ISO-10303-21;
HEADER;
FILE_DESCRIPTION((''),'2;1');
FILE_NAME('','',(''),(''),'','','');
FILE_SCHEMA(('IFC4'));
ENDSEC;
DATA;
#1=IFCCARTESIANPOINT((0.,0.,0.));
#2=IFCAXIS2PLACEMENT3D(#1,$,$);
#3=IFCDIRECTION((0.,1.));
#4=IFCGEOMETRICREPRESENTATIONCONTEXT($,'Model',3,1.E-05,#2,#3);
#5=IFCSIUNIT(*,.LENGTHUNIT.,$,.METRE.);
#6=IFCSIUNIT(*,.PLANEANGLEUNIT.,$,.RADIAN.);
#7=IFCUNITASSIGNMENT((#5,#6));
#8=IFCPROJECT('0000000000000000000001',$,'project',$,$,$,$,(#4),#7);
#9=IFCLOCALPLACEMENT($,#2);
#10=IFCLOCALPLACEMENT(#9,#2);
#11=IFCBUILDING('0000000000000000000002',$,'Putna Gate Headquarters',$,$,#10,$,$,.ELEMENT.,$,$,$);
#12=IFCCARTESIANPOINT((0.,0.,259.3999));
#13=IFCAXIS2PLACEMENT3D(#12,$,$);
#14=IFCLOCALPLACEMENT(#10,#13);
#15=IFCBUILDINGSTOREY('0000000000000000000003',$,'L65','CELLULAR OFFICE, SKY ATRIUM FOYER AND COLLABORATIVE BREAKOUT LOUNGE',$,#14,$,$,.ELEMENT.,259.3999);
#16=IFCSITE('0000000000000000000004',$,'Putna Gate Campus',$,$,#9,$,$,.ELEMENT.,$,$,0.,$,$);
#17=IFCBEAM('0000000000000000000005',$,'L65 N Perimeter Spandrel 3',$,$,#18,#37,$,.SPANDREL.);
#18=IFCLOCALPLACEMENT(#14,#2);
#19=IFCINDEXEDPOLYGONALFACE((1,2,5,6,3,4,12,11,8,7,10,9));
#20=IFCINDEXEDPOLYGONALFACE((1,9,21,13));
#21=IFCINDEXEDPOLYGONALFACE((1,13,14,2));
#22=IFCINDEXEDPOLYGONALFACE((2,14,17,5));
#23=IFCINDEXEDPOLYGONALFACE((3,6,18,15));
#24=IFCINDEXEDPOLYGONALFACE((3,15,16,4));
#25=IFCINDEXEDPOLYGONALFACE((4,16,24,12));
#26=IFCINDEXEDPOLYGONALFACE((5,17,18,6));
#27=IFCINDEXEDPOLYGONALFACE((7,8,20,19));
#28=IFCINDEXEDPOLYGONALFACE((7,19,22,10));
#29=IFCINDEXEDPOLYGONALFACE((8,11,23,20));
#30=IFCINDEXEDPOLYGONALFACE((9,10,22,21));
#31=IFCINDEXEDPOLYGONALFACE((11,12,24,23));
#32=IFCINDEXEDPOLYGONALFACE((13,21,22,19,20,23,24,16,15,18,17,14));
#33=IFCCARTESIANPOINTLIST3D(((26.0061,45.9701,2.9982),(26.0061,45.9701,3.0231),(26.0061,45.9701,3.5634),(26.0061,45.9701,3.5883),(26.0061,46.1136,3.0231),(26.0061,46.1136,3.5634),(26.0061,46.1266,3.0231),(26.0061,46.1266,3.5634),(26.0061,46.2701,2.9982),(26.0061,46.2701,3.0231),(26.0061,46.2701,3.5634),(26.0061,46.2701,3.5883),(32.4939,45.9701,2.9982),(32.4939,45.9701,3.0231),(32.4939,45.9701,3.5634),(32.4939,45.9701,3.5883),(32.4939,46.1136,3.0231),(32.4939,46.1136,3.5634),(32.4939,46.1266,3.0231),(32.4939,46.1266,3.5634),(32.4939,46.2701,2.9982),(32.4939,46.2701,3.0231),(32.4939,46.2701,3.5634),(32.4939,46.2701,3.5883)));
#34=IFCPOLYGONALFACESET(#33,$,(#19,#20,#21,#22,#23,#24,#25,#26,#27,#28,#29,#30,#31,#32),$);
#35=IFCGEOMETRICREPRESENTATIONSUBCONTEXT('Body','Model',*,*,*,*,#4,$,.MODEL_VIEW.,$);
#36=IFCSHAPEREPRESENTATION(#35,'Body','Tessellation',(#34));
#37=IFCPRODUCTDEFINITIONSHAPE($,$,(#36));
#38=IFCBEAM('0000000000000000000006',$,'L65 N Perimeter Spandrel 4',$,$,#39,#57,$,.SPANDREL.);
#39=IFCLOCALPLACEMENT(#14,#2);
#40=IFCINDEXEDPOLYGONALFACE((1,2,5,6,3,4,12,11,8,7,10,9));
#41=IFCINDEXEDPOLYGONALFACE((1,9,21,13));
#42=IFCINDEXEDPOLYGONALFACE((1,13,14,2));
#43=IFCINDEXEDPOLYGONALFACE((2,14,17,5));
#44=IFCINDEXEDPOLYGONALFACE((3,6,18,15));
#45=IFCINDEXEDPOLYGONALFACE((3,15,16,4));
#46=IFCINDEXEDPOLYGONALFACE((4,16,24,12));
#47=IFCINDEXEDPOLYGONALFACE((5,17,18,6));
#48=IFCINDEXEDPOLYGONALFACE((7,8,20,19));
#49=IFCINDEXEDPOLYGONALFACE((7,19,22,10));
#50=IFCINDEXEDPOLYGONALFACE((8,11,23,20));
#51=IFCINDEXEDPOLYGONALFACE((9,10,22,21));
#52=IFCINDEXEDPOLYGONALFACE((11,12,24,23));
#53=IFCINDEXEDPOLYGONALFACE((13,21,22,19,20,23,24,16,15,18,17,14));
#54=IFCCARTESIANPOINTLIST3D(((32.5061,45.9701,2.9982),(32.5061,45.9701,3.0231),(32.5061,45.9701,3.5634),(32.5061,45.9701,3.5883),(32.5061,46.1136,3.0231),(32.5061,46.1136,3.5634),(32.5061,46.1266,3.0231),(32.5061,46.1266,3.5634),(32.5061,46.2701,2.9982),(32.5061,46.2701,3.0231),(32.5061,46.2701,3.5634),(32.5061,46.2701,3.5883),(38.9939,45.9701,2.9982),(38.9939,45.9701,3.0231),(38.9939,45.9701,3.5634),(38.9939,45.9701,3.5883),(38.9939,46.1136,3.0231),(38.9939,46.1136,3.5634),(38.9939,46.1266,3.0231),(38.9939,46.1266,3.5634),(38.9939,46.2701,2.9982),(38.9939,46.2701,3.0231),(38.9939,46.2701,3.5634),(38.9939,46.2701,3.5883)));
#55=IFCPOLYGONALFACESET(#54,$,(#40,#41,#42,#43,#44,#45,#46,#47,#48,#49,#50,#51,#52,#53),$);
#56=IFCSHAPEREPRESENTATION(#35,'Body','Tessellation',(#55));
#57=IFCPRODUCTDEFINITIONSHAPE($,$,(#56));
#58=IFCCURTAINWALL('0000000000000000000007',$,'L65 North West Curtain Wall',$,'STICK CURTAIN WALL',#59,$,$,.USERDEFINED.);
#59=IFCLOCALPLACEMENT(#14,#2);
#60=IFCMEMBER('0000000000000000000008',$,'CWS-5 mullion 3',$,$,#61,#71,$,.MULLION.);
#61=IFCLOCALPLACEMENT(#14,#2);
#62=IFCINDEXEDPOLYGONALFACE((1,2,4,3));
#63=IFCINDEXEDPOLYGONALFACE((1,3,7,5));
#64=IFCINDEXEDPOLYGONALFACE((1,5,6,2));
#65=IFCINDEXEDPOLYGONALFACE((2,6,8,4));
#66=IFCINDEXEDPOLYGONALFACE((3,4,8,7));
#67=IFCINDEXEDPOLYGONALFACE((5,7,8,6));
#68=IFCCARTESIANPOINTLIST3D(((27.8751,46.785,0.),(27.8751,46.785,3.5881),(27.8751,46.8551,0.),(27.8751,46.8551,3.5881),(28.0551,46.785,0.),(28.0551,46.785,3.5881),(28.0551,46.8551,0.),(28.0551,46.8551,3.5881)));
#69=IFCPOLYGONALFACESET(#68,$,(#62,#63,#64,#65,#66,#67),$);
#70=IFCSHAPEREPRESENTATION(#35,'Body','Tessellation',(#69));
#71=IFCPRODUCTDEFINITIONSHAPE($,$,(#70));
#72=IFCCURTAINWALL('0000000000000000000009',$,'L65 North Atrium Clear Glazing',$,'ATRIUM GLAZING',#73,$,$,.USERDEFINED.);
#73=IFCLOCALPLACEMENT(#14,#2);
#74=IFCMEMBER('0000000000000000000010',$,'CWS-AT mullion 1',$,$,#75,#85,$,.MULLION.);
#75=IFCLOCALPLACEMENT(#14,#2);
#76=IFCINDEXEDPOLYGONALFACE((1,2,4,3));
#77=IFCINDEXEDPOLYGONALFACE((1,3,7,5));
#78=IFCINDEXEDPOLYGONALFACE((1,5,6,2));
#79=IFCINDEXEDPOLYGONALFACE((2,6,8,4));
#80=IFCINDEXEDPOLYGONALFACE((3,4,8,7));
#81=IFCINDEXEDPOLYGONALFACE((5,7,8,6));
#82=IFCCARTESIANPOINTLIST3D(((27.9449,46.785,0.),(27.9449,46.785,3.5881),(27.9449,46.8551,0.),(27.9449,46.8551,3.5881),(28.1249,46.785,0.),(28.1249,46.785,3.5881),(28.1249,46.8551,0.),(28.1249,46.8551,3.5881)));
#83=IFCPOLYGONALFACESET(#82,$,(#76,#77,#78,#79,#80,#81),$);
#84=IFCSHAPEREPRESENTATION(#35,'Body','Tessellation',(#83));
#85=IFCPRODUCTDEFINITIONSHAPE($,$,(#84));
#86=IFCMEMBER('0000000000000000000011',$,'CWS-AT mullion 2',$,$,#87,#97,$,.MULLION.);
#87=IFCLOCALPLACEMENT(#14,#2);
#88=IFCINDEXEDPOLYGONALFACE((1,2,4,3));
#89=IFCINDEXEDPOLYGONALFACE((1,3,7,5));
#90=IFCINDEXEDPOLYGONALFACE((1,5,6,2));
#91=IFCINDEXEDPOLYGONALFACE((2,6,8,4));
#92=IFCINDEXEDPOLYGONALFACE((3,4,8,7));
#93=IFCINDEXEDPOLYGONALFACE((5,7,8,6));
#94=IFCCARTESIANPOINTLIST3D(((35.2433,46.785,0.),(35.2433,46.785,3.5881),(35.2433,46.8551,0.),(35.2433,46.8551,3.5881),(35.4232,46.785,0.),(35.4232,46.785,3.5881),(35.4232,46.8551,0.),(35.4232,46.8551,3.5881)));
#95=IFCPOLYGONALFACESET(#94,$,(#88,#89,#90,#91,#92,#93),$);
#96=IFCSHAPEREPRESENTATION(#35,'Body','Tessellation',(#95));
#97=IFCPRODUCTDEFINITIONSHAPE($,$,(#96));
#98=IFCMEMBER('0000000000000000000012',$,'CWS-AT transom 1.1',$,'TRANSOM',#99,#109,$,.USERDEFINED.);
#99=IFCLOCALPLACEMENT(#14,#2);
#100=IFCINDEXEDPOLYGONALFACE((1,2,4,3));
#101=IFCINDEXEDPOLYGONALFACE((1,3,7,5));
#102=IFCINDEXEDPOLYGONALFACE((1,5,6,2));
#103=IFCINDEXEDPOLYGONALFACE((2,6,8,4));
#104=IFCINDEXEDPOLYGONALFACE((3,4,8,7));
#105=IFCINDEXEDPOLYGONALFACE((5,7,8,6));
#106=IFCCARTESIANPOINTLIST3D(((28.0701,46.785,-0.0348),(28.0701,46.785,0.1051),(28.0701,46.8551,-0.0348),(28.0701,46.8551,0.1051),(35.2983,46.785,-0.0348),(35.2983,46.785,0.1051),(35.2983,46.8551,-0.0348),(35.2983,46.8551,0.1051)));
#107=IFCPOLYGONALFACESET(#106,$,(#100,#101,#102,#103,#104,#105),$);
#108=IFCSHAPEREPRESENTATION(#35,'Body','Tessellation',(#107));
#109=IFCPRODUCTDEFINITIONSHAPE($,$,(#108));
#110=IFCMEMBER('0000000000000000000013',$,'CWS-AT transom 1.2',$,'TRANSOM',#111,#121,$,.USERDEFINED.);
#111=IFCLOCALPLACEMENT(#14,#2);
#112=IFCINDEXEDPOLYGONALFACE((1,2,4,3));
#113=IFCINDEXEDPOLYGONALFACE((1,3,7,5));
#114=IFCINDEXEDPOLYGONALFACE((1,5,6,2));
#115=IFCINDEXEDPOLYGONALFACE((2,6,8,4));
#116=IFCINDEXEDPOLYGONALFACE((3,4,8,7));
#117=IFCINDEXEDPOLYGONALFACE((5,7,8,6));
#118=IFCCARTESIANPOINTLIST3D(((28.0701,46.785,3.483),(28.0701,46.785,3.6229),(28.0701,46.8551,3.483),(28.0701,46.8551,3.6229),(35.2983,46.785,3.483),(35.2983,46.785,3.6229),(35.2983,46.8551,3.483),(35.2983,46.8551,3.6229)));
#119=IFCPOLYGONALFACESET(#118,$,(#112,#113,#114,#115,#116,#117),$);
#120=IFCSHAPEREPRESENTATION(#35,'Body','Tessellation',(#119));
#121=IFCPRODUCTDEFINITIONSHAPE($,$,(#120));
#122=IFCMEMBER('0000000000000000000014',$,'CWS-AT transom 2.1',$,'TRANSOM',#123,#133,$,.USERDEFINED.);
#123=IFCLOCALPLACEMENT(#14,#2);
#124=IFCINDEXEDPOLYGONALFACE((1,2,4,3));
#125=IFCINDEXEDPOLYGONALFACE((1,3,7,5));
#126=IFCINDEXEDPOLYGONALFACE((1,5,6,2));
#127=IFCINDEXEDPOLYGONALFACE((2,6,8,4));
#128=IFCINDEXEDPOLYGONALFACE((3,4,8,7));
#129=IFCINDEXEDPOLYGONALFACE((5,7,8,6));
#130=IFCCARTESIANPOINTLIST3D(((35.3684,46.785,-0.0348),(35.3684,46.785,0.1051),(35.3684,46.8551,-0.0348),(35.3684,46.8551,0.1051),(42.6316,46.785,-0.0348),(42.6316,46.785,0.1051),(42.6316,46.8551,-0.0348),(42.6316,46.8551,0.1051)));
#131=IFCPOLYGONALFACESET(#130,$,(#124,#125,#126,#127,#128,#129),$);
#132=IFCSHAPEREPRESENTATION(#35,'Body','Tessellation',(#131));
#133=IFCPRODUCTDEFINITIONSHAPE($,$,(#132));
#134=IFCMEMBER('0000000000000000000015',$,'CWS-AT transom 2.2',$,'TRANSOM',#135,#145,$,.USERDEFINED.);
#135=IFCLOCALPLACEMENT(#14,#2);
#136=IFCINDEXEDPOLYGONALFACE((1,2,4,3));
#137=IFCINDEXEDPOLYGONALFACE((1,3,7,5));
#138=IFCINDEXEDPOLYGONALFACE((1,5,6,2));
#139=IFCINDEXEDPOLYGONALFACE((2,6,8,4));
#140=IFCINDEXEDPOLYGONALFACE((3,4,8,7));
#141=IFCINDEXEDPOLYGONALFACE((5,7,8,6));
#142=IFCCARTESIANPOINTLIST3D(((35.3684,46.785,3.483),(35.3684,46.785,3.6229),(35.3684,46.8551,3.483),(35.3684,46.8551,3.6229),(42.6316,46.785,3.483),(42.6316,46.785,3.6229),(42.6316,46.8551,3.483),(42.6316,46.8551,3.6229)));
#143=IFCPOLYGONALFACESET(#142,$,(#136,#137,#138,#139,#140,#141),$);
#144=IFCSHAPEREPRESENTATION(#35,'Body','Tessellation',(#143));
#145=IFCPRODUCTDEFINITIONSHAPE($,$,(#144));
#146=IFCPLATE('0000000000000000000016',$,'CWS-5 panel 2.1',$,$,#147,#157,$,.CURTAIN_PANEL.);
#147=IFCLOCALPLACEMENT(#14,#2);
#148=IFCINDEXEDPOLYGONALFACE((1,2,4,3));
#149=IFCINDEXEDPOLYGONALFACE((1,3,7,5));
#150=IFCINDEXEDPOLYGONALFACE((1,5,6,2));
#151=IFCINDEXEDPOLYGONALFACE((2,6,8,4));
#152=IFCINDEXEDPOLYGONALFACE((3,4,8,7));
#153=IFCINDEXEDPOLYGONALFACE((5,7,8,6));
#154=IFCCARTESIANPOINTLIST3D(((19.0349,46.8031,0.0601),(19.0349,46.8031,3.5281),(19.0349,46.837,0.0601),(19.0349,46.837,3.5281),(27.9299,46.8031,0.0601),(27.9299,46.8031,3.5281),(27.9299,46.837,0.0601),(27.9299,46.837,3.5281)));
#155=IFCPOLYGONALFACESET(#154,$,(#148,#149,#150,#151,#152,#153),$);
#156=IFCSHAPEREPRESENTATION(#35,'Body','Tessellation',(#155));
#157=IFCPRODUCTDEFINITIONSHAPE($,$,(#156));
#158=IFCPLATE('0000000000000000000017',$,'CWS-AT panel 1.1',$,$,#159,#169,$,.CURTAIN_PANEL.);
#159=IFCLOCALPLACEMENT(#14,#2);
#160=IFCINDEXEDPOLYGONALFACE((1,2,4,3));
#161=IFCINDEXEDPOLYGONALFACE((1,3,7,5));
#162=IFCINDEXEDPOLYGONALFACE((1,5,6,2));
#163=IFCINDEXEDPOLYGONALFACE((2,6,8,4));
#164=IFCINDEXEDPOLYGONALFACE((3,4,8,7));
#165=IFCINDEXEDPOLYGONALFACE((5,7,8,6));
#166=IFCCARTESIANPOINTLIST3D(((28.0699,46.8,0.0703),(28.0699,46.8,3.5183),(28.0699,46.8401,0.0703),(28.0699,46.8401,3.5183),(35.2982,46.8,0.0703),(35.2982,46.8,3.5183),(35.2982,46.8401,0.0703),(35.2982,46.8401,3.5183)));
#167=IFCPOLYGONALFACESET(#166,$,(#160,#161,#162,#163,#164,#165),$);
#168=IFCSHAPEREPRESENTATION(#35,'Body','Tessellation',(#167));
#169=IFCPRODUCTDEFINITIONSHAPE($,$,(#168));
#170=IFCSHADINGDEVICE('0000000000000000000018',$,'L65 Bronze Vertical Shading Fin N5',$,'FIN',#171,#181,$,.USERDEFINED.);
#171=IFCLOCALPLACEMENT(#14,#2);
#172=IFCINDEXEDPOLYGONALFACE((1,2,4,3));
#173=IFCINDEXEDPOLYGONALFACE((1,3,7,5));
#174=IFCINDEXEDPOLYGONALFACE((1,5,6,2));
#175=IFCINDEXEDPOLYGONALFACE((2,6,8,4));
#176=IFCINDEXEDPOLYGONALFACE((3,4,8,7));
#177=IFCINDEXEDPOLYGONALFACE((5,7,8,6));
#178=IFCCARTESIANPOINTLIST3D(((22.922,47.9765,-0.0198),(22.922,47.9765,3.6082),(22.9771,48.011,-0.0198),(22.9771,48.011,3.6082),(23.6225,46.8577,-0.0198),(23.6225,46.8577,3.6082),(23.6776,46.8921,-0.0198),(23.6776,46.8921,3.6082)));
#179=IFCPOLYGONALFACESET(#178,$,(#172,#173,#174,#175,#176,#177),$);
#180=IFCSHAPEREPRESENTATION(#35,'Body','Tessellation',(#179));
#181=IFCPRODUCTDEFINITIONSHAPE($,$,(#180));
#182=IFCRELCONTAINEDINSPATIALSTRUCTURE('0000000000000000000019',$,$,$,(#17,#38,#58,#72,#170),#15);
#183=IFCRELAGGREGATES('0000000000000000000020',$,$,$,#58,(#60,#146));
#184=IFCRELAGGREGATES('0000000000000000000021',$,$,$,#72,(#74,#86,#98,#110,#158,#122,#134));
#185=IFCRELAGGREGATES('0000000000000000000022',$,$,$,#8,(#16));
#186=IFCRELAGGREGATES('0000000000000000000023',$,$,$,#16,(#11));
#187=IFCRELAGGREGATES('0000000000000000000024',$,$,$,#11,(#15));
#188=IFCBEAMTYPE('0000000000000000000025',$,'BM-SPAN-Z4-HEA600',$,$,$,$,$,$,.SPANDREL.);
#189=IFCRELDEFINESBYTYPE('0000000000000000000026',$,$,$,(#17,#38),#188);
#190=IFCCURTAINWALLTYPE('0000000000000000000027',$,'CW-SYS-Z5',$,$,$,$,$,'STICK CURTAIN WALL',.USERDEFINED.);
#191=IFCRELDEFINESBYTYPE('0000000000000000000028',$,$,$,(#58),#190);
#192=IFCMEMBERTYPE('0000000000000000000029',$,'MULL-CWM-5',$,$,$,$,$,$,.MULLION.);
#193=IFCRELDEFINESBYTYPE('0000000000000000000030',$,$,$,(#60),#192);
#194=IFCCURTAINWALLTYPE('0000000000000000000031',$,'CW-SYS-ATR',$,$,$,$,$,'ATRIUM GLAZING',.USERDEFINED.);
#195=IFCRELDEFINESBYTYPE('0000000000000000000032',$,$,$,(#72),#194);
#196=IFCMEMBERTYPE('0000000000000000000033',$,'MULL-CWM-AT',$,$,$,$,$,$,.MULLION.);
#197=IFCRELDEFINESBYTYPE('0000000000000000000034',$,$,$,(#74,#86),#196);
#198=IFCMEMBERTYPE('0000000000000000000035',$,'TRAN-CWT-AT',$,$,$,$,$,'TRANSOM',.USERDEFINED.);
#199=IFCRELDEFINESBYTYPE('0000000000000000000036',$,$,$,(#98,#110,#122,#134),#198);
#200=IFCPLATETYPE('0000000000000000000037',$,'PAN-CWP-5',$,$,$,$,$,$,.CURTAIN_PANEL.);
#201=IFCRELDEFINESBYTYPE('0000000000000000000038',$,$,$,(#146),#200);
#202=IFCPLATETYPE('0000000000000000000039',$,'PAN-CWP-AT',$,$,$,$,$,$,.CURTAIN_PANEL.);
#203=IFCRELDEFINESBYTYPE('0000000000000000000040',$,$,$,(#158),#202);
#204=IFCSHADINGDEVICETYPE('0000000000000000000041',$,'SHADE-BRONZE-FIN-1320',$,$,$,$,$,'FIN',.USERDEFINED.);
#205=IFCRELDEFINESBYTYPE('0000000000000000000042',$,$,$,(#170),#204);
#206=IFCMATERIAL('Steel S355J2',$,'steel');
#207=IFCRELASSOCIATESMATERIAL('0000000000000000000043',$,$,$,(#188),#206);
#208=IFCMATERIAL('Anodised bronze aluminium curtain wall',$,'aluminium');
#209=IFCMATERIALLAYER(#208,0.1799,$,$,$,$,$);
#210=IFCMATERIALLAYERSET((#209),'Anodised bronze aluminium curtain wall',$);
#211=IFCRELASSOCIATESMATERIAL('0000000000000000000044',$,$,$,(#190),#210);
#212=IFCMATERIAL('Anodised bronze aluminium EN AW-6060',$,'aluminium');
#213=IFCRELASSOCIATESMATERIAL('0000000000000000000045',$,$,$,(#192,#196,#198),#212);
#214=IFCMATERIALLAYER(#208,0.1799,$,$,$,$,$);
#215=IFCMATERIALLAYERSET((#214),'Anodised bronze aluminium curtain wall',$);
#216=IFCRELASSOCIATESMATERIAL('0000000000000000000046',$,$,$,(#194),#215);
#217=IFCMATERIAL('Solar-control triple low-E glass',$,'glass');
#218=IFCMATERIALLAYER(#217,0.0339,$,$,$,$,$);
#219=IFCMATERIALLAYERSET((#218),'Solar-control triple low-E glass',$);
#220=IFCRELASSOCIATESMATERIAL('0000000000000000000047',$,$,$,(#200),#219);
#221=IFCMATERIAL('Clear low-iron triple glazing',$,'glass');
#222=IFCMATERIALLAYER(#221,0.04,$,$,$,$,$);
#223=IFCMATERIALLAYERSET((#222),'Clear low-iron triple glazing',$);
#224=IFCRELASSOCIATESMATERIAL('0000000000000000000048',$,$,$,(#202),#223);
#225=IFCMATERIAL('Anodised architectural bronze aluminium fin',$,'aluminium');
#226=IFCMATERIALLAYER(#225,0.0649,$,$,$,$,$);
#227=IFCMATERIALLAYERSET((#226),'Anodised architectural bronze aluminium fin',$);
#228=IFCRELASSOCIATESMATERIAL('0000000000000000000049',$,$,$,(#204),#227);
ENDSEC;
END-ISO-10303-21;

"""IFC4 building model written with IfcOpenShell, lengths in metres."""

from ifc_helpers import new_model, si_unit, direction, frame, origin, origin_2d, place, context, subcontext, project, spatial, rectangle, i_section, extrude, material, layer, layer_set, material_profile, profile_set, type_object, element, aggregate, save


model = new_model("IFC4")

# Units and contexts
model_context = context("Model", 3, precision=1e-05, world=origin(), true_north=direction((0.0, 1.0)))
body_context = subcontext(model_context, "Body", "Model", "MODEL_VIEW")
ifc_project = project(units=[si_unit("LENGTHUNIT", "METRE"), si_unit("PLANEANGLEUNIT", "RADIAN")], contexts=[model_context])

# Site, building, storey
site_placement = place(None, origin())
site = spatial("IfcSite", under=ifc_project, at=site_placement, Name="Putna Gate Campus", CompositionType="ELEMENT", RefElevation=0.0)
building_placement = place(site_placement, origin())
building = spatial("IfcBuilding", under=site, at=building_placement, Name="Putna Gate Headquarters", CompositionType="ELEMENT")
storey_placement = place(building_placement, frame((0.0, 0.0, 259.3999)))
storey = spatial("IfcBuildingStorey", under=building, at=storey_placement, Name="L65", Description="CELLULAR OFFICE, SKY ATRIUM FOYER AND COLLABORATIVE BREAKOUT LOUNGE", CompositionType="ELEMENT", Elevation=259.3999)

# Beams
ifc_material_1 = material(Name="Steel S355J2", Category="steel")
ifc_material_profile_1 = material_profile(ifc_material_1, i_section(OverallWidth=0.3, OverallDepth=0.5901, WebThickness=0.0129, FlangeThickness=0.0249, at=origin_2d()), Name="Steel S355J2")
ifc_profile_set_1 = profile_set([ifc_material_profile_1], Name="Steel S355J2")
beam_type_1 = type_object("IfcBeamType", Name="BM-SPAN-Z4-HEA600", PredefinedType="SPANDREL", material=ifc_profile_set_1)
for number, where, z_axis, x_axis, name in (
    (1, (26.0061, 46.1201, 3.2932), (1.0, 0.0, 0.0), (0.0, 1.0, 0.0), "L65 N Perimeter Spandrel 3"),
    (2, (32.5061, 46.1201, 3.2932), (1.0, 0.0, 0.0), (0.0, 1.0, 0.0), "L65 N Perimeter Spandrel 4"),
):
    element("IfcBeam", number, at=place(storey_placement, frame(where, z_axis=z_axis, x_axis=x_axis)), inside=storey, type_object=beam_type_1, Name=name, PredefinedType="SPANDREL", context=body_context, shape_type="SweptSolid", body=[
        extrude(i_section(OverallWidth=0.3, OverallDepth=0.5901, WebThickness=0.0129, FlangeThickness=0.0249, at=origin_2d()), origin(), (0.0, 0.0, 1.0), 6.4878),
    ])

# Curtain wall, member
ifc_material_2 = material(Name="Anodised bronze aluminium curtain wall", Category="aluminium")
ifc_layer_1 = layer(ifc_material_2, 0.1799)
ifc_layer_set_1 = layer_set([ifc_layer_1], Name="Anodised bronze aluminium curtain wall")
curtain_wall_type_1 = type_object("IfcCurtainWallType", Name="CW-SYS-Z5", ElementType="STICK CURTAIN WALL", PredefinedType="USERDEFINED", material=ifc_layer_set_1)
curtain_wall_1_placement = place(storey_placement, origin())
curtain_wall_1 = element("IfcCurtainWall", 3, at=curtain_wall_1_placement, inside=storey, type_object=curtain_wall_type_1, Name="L65 North West Curtain Wall", ObjectType="STICK CURTAIN WALL", PredefinedType="USERDEFINED")
ifc_material_3 = material(Name="Anodised bronze aluminium EN AW-6060", Category="aluminium")
ifc_material_profile_2 = material_profile(ifc_material_3, rectangle(XDim=0.0701, YDim=0.1799, at=origin_2d()), Name="Anodised bronze aluminium EN AW-6060")
ifc_profile_set_2 = profile_set([ifc_material_profile_2], Name="Anodised bronze aluminium EN AW-6060")
member_type_1 = type_object("IfcMemberType", Name="MULL-CWM-5", PredefinedType="MULLION", material=ifc_profile_set_2)
member_1_placement = place(storey_placement, frame((27.9651, 46.8201, 0.0), z_axis=(0.0, 0.0, 1.0), x_axis=(0.0, 1.0, 0.0)))
member_1 = element("IfcMember", 4, at=member_1_placement, type_object=member_type_1, Name="CWS-5 mullion 3", PredefinedType="MULLION", context=body_context, shape_type="SweptSolid", body=[
    extrude(rectangle(XDim=0.0701, YDim=0.1799, at=origin_2d()), origin(), (0.0, 0.0, 1.0), 3.5881),
])

# Curtain wall, members
ifc_layer_2 = layer(ifc_material_2, 0.1799)
ifc_layer_set_2 = layer_set([ifc_layer_2], Name="Anodised bronze aluminium curtain wall")
curtain_wall_type_2 = type_object("IfcCurtainWallType", Name="CW-SYS-ATR", ElementType="ATRIUM GLAZING", PredefinedType="USERDEFINED", material=ifc_layer_set_2)
curtain_wall_2_placement = place(storey_placement, origin())
curtain_wall_2 = element("IfcCurtainWall", 5, at=curtain_wall_2_placement, inside=storey, type_object=curtain_wall_type_2, Name="L65 North Atrium Clear Glazing", ObjectType="ATRIUM GLAZING", PredefinedType="USERDEFINED")
ifc_material_profile_3 = material_profile(ifc_material_3, rectangle(XDim=0.0701, YDim=0.1799, at=origin_2d()), Name="Anodised bronze aluminium EN AW-6060")
ifc_profile_set_3 = profile_set([ifc_material_profile_3], Name="Anodised bronze aluminium EN AW-6060")
member_type_2 = type_object("IfcMemberType", Name="MULL-CWM-AT", PredefinedType="MULLION", material=ifc_profile_set_3)
member_2_placement = place(storey_placement, frame((28.0349, 46.8201, 0.0), z_axis=(0.0, 0.0, 1.0), x_axis=(0.0, 1.0, 0.0)))
member_2 = element("IfcMember", 6, at=member_2_placement, type_object=member_type_2, Name="CWS-AT mullion 1", PredefinedType="MULLION", context=body_context, shape_type="SweptSolid", body=[
    extrude(rectangle(XDim=0.0701, YDim=0.1799, at=origin_2d()), origin(), (0.0, 0.0, 1.0), 3.5881),
])
member_3_placement = place(storey_placement, frame((35.3333, 46.8201, 0.0), z_axis=(0.0, 0.0, 1.0), x_axis=(0.0, 1.0, 0.0)))
member_3 = element("IfcMember", 7, at=member_3_placement, type_object=member_type_2, Name="CWS-AT mullion 2", PredefinedType="MULLION", context=body_context, shape_type="SweptSolid", body=[
    extrude(rectangle(XDim=0.0701, YDim=0.1799, at=origin_2d()), origin(), (0.0, 0.0, 1.0), 3.5881),
])
ifc_material_profile_4 = material_profile(ifc_material_3, rectangle(XDim=0.0701, YDim=0.1399, at=origin_2d()), Name="Anodised bronze aluminium EN AW-6060")
ifc_profile_set_4 = profile_set([ifc_material_profile_4], Name="Anodised bronze aluminium EN AW-6060")
member_type_3 = type_object("IfcMemberType", Name="TRAN-CWT-AT", ElementType="TRANSOM", PredefinedType="USERDEFINED", material=ifc_profile_set_4)
member_4_placement = place(storey_placement, frame((28.0701, 46.8201, 0.0352), z_axis=(1.0, 0.0, 0.0), x_axis=(0.0, 1.0, 0.0)))
member_4 = element("IfcMember", 8, at=member_4_placement, type_object=member_type_3, Name="CWS-AT transom 1.1", ObjectType="TRANSOM", PredefinedType="USERDEFINED", context=body_context, shape_type="SweptSolid", body=[
    extrude(rectangle(XDim=0.0701, YDim=0.1399, at=origin_2d()), origin(), (0.0, 0.0, 1.0), 7.2283),
])
member_5_placement = place(storey_placement, frame((28.0701, 46.8201, 3.553), z_axis=(1.0, 0.0, 0.0), x_axis=(0.0, 1.0, 0.0)))
member_5 = element("IfcMember", 9, at=member_5_placement, type_object=member_type_3, Name="CWS-AT transom 1.2", ObjectType="TRANSOM", PredefinedType="USERDEFINED", context=body_context, shape_type="SweptSolid", body=[
    extrude(rectangle(XDim=0.0701, YDim=0.1399, at=origin_2d()), origin(), (0.0, 0.0, 1.0), 7.2283),
])
member_6_placement = place(storey_placement, frame((35.3684, 46.8201, 0.0352), z_axis=(1.0, 0.0, 0.0), x_axis=(0.0, 1.0, 0.0)))
member_6 = element("IfcMember", 10, at=member_6_placement, type_object=member_type_3, Name="CWS-AT transom 2.1", ObjectType="TRANSOM", PredefinedType="USERDEFINED", context=body_context, shape_type="SweptSolid", body=[
    extrude(rectangle(XDim=0.0701, YDim=0.1399, at=origin_2d()), origin(), (0.0, 0.0, 1.0), 7.2632),
])
member_7_placement = place(storey_placement, frame((35.3684, 46.8201, 3.553), z_axis=(1.0, 0.0, 0.0), x_axis=(0.0, 1.0, 0.0)))
member_7 = element("IfcMember", 11, at=member_7_placement, type_object=member_type_3, Name="CWS-AT transom 2.2", ObjectType="TRANSOM", PredefinedType="USERDEFINED", context=body_context, shape_type="SweptSolid", body=[
    extrude(rectangle(XDim=0.0701, YDim=0.1399, at=origin_2d()), origin(), (0.0, 0.0, 1.0), 7.2632),
])

# Plates
ifc_material_4 = material(Name="Solar-control triple low-E glass", Category="glass")
ifc_layer_3 = layer(ifc_material_4, 0.0339)
ifc_layer_set_3 = layer_set([ifc_layer_3], Name="Solar-control triple low-E glass")
plate_type_1 = type_object("IfcPlateType", Name="PAN-CWP-5", PredefinedType="CURTAIN_PANEL", material=ifc_layer_set_3)
plate_1_placement = place(storey_placement, frame((23.4824, 46.8201, 0.0601), z_axis=(0.0, 0.0, 1.0), x_axis=(1.0, 0.0, 0.0)))
plate_1 = element("IfcPlate", 12, at=plate_1_placement, type_object=plate_type_1, Name="CWS-5 panel 2.1", PredefinedType="CURTAIN_PANEL", context=body_context, shape_type="SweptSolid", body=[
    extrude(rectangle(XDim=8.895, YDim=0.0339, at=origin_2d()), origin(), (0.0, 0.0, 1.0), 3.468),
])
aggregate(curtain_wall_1, [member_1, plate_1])
ifc_material_5 = material(Name="Clear low-iron triple glazing", Category="glass")
ifc_layer_4 = layer(ifc_material_5, 0.04)
ifc_layer_set_4 = layer_set([ifc_layer_4], Name="Clear low-iron triple glazing")
plate_type_2 = type_object("IfcPlateType", Name="PAN-CWP-AT", PredefinedType="CURTAIN_PANEL", material=ifc_layer_set_4)
plate_2_placement = place(storey_placement, frame((31.6841, 46.8201, 0.0703), z_axis=(0.0, 0.0, 1.0), x_axis=(1.0, 0.0, 0.0)))
plate_2 = element("IfcPlate", 13, at=plate_2_placement, type_object=plate_type_2, Name="CWS-AT panel 1.1", PredefinedType="CURTAIN_PANEL", context=body_context, shape_type="SweptSolid", body=[
    extrude(rectangle(XDim=7.2283, YDim=0.04, at=origin_2d()), origin(), (0.0, 0.0, 1.0), 3.448),
])
aggregate(curtain_wall_2, [member_2, member_3, member_4, member_5, plate_2, member_6, member_7])

# Shading device
ifc_material_6 = material(Name="Anodised architectural bronze aluminium fin", Category="aluminium")
ifc_layer_5 = layer(ifc_material_6, 0.0649)
ifc_layer_set_5 = layer_set([ifc_layer_5], Name="Anodised architectural bronze aluminium fin")
shading_device_type = type_object("IfcShadingDeviceType", Name="SHADE-BRONZE-FIN-1320", ElementType="FIN", PredefinedType="USERDEFINED", material=ifc_layer_set_5)
for number, where, z_axis, x_axis, name in (
    (14, (23.2998, 47.4343, -0.0198), (0.0, 0.0, 1.0), (-0.530659, 0.847585, 0.0), "L65 Bronze Vertical Shading Fin N5"),
):
    element("IfcShadingDevice", number, at=place(storey_placement, frame(where, z_axis=z_axis, x_axis=x_axis)), inside=storey, type_object=shading_device_type, Name=name, ObjectType="FIN", PredefinedType="USERDEFINED", context=body_context, shape_type="SweptSolid", body=[
        extrude(rectangle(XDim=1.3201, YDim=0.0649, at=origin_2d()), origin(), (0.0, 0.0, 1.0), 3.6279),
    ])

save(model, "model.ifc")
